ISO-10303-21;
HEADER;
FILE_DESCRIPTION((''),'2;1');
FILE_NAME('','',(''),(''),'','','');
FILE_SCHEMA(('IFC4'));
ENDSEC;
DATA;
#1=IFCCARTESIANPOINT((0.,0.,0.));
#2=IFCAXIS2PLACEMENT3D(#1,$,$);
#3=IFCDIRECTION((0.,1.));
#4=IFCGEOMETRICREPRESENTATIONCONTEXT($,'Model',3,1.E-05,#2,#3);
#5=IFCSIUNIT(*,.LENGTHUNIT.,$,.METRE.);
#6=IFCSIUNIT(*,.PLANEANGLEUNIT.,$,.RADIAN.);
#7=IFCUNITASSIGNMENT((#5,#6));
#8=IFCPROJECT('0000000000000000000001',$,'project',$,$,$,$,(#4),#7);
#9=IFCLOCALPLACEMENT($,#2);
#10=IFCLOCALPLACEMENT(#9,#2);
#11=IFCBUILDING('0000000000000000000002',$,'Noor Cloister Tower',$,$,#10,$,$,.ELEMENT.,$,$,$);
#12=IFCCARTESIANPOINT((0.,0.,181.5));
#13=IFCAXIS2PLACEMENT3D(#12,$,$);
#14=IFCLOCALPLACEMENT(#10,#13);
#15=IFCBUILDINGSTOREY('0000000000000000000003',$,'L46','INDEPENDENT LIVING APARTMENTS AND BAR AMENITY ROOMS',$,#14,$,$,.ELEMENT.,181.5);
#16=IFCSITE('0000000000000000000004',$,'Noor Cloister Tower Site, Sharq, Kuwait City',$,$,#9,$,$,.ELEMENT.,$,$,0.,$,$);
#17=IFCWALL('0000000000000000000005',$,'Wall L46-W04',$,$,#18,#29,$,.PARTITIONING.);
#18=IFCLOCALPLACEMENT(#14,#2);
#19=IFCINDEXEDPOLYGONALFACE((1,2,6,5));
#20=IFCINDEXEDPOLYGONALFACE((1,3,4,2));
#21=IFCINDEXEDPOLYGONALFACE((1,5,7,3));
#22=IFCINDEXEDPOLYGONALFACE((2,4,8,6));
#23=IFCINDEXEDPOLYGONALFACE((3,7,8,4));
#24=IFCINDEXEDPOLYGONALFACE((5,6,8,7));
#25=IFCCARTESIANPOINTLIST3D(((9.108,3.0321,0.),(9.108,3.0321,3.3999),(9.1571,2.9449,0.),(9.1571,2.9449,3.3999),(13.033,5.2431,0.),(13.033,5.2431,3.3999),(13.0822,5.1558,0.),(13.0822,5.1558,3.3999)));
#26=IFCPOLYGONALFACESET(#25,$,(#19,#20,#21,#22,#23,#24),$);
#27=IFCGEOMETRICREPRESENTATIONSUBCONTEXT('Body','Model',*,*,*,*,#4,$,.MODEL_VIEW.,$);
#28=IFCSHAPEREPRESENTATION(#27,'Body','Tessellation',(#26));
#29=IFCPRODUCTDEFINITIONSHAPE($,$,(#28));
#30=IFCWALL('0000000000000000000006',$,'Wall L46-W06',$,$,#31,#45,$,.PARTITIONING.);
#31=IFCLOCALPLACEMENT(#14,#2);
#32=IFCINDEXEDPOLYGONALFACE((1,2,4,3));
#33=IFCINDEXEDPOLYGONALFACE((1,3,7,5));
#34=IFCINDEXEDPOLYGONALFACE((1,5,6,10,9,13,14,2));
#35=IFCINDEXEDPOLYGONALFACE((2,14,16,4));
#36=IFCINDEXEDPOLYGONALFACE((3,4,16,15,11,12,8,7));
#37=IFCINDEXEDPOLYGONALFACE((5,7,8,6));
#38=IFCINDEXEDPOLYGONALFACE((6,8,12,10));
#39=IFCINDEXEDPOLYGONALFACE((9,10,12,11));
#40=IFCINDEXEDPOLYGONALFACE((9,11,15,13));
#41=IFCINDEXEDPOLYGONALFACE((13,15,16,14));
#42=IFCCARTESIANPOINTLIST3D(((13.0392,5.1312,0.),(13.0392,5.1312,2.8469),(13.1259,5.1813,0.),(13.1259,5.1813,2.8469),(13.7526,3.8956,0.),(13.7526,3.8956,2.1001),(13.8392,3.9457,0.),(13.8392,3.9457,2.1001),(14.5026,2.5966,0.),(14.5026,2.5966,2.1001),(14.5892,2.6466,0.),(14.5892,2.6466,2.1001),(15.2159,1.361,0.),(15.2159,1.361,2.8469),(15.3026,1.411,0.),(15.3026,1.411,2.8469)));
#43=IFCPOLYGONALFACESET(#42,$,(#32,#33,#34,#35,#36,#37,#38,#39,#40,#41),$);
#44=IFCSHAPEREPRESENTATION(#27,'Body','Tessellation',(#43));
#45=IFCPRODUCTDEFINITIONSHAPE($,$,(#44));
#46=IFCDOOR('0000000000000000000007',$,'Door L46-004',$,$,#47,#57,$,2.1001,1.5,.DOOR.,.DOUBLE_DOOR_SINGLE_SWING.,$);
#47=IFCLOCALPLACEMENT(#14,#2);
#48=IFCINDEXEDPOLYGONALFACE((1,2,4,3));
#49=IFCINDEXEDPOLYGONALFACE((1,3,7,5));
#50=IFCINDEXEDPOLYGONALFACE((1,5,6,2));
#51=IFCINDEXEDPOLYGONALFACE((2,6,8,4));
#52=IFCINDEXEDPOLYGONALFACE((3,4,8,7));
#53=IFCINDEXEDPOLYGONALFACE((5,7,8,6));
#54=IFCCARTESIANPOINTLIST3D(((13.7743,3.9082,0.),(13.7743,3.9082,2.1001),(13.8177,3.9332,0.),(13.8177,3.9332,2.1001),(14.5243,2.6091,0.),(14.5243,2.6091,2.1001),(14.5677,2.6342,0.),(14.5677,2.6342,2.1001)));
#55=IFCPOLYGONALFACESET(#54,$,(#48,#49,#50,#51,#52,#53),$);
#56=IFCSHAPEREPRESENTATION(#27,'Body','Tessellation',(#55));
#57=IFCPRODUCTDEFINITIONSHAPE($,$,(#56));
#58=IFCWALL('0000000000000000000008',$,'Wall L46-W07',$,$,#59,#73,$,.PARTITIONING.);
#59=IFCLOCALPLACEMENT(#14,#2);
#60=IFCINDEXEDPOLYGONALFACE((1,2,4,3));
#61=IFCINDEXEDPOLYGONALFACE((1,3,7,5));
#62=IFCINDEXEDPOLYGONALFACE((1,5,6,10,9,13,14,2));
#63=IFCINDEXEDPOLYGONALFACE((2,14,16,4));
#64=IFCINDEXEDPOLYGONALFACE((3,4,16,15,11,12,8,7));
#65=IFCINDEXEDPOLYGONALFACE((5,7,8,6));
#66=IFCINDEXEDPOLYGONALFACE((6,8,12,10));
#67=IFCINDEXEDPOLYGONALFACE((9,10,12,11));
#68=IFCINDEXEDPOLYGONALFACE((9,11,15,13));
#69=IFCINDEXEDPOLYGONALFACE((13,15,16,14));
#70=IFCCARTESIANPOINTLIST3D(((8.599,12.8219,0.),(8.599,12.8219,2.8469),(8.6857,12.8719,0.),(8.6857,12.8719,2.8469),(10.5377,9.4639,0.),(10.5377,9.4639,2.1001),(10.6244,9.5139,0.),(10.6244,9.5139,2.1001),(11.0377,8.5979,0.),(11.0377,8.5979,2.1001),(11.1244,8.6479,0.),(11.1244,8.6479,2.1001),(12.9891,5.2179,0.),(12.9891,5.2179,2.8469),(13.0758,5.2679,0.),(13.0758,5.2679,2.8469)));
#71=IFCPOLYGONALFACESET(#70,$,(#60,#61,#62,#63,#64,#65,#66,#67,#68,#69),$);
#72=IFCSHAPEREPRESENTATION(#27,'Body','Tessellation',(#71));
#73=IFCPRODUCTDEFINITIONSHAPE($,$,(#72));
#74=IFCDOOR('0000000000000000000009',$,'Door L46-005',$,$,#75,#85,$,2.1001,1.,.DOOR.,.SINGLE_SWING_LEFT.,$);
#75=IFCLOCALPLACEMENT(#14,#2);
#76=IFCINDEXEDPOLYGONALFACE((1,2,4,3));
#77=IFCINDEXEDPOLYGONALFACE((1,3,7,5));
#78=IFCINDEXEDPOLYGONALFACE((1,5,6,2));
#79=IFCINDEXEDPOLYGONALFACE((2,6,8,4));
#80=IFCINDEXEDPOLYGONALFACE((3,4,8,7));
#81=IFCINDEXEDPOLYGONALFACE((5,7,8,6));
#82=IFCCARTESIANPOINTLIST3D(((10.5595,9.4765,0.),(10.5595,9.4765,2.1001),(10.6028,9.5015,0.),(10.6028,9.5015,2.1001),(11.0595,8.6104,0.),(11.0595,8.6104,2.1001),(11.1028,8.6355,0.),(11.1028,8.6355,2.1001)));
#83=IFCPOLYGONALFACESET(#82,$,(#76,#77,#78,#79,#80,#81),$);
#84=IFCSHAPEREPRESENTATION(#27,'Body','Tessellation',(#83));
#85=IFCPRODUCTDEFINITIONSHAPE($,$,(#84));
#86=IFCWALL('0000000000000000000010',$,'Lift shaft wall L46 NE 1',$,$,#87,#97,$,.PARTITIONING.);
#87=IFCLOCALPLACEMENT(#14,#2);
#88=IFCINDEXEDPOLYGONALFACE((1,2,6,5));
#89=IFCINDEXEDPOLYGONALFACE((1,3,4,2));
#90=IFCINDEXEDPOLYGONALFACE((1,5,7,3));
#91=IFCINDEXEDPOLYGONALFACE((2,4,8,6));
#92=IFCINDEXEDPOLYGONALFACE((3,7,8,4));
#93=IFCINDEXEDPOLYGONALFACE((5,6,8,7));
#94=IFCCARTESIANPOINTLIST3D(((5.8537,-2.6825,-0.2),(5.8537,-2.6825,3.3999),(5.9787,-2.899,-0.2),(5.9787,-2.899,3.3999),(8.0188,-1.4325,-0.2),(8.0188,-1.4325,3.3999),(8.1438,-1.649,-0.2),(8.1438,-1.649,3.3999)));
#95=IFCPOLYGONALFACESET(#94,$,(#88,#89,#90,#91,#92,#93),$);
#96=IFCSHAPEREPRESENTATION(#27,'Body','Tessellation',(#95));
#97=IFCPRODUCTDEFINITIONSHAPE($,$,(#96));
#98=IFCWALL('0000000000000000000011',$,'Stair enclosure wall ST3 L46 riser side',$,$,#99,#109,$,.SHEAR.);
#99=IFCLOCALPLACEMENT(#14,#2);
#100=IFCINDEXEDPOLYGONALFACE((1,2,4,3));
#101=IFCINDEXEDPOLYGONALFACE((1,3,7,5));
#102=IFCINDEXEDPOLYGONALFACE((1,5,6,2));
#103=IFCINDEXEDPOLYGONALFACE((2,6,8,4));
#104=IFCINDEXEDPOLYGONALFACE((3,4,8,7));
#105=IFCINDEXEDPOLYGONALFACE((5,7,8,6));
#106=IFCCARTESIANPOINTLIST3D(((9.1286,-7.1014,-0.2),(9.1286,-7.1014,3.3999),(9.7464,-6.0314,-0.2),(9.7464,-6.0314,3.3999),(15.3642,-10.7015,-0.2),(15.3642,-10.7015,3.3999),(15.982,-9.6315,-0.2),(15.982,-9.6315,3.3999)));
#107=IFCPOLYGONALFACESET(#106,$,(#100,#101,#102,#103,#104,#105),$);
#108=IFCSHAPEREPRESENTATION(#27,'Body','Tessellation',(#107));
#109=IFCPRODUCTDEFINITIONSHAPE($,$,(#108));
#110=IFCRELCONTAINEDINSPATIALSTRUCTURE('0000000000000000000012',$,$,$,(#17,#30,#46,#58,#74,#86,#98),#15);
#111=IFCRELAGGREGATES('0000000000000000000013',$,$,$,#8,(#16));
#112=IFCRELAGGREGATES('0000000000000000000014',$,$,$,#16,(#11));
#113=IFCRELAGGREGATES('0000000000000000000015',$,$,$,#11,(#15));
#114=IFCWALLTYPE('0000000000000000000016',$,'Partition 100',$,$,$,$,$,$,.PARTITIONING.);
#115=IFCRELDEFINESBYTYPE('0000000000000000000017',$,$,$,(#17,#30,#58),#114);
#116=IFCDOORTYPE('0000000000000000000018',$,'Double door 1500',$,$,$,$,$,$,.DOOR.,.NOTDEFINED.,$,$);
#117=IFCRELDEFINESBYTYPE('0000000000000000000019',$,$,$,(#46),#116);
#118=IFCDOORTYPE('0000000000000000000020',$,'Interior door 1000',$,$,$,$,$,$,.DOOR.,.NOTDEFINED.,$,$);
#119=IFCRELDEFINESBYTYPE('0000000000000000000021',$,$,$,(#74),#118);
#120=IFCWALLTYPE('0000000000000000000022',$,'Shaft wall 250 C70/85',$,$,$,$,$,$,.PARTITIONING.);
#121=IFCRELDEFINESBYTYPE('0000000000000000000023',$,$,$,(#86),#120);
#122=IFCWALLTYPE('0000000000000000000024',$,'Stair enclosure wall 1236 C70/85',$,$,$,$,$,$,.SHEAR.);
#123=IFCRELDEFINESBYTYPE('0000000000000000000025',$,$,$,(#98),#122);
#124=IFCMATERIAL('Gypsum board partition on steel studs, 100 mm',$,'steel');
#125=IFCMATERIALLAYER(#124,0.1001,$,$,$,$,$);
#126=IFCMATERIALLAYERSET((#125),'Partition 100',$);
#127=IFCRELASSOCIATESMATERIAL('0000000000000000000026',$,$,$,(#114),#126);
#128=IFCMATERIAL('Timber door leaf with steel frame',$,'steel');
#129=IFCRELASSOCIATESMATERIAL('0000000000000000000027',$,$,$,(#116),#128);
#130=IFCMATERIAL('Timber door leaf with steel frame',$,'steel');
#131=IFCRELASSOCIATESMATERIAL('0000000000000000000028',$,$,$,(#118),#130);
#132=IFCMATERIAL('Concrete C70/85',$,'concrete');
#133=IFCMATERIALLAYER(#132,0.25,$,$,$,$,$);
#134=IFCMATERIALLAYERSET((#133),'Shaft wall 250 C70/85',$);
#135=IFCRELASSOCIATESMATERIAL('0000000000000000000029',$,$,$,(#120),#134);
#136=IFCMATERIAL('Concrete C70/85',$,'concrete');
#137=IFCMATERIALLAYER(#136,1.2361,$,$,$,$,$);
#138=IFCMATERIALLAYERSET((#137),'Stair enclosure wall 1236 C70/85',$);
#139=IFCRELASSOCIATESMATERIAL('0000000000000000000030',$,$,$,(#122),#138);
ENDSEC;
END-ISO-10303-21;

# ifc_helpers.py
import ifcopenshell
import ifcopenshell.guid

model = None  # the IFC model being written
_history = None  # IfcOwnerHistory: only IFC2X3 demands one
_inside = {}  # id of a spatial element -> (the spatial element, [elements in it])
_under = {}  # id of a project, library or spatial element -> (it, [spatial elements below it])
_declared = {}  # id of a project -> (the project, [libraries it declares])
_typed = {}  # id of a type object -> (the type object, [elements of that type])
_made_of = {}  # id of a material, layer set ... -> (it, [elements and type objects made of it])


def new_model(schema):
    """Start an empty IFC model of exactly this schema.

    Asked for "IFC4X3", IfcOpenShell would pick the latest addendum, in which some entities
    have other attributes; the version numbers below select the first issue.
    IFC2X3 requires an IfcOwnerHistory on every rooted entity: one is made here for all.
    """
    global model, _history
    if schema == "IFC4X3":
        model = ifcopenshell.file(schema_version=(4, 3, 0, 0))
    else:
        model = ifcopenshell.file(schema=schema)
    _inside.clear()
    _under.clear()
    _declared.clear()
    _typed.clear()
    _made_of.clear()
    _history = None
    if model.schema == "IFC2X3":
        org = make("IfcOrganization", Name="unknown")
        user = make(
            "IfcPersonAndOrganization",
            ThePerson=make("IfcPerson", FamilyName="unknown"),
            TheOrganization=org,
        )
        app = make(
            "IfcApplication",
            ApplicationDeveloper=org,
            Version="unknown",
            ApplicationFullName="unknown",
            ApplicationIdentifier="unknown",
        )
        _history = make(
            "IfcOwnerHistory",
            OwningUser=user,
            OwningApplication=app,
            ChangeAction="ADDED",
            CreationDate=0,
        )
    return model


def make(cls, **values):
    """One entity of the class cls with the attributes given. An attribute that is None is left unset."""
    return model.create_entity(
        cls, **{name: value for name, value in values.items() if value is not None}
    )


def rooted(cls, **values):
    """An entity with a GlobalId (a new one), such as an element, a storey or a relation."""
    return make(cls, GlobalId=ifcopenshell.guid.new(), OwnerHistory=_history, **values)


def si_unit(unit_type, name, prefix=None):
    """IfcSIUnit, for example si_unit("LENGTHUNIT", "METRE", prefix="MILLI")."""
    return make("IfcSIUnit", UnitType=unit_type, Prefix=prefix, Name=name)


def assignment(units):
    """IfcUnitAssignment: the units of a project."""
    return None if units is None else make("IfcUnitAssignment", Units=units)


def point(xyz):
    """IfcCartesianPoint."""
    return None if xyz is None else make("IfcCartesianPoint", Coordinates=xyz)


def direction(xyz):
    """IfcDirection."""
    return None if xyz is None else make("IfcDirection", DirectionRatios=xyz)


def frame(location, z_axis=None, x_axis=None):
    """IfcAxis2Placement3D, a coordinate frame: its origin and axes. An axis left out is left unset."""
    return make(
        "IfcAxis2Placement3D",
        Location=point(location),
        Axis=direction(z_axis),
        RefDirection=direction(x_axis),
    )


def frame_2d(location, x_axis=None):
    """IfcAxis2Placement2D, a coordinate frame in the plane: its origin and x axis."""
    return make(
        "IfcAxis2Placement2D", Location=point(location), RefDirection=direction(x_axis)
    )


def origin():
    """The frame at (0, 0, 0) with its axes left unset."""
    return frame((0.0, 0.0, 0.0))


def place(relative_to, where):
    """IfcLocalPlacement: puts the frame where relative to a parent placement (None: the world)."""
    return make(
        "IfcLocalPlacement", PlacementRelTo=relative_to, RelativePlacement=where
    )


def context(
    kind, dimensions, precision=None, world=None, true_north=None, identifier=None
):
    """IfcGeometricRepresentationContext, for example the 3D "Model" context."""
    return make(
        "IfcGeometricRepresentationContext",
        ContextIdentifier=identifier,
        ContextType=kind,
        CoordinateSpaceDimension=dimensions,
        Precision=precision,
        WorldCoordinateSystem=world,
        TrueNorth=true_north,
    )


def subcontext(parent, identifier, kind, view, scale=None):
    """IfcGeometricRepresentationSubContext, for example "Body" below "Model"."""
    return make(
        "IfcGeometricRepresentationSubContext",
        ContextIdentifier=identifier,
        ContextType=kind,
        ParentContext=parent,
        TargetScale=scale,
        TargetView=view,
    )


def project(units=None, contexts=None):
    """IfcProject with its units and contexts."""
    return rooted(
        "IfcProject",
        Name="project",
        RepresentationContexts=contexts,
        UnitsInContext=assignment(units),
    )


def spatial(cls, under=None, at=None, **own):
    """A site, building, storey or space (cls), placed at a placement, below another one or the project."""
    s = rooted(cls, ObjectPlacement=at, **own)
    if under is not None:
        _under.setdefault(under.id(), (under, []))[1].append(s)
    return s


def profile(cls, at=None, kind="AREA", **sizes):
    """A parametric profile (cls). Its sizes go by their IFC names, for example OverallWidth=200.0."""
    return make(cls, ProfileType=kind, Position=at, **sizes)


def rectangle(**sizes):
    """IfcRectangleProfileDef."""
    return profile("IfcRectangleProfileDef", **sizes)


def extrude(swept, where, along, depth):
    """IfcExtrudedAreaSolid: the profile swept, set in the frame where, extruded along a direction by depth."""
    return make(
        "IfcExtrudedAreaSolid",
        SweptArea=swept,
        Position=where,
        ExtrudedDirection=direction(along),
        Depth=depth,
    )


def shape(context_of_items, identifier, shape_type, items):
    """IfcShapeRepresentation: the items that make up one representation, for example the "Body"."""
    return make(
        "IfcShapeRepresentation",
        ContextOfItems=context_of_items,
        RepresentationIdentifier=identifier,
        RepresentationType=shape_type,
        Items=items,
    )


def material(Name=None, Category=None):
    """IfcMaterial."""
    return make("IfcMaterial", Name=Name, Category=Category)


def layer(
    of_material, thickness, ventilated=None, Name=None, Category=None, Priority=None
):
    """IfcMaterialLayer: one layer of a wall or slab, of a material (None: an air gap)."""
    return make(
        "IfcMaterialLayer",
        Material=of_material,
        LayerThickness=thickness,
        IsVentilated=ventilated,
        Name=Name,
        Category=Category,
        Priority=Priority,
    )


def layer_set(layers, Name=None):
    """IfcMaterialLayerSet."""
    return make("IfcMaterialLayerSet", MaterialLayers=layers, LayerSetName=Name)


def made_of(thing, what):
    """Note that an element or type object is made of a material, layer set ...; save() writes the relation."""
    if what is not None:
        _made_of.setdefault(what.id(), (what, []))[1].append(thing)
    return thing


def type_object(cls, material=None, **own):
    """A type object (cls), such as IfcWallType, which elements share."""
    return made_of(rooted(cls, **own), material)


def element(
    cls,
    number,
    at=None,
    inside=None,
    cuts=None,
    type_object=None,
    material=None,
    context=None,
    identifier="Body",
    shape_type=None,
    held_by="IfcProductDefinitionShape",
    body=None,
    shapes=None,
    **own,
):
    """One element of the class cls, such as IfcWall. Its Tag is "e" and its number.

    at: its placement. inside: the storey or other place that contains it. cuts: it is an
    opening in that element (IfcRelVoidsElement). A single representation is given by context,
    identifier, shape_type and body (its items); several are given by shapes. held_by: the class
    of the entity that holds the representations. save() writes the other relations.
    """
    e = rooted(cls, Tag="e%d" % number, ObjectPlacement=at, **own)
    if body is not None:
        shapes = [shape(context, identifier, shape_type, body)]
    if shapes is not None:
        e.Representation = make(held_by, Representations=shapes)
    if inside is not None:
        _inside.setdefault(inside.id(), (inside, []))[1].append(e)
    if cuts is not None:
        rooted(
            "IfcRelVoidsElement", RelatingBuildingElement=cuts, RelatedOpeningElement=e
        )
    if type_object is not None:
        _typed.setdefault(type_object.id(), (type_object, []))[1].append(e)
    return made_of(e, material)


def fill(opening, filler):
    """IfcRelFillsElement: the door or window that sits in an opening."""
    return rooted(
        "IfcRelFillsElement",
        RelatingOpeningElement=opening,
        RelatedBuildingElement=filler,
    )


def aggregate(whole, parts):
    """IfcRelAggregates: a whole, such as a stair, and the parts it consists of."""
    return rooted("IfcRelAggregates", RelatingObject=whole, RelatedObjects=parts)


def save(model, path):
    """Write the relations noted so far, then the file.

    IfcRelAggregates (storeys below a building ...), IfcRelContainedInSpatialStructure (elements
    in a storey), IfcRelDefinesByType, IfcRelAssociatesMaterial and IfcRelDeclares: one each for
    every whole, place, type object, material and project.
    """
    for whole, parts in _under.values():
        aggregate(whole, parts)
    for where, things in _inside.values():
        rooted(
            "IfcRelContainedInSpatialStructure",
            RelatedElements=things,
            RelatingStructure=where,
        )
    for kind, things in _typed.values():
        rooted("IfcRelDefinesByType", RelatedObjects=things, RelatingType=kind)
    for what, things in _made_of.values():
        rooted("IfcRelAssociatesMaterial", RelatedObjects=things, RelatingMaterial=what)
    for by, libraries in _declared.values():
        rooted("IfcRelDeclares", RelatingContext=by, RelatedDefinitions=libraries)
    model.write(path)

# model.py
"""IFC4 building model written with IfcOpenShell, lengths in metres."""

from ifc_helpers import new_model, si_unit, direction, frame, frame_2d, origin, place, context, subcontext, project, spatial, rectangle, extrude, material, layer, layer_set, type_object, element, fill, save


model = new_model("IFC4")

# Units and contexts
model_context = context("Model", 3, precision=1e-05, world=origin(), true_north=direction((0.0, 1.0)))
body_context = subcontext(model_context, "Body", "Model", "MODEL_VIEW")
ifc_project = project(units=[si_unit("LENGTHUNIT", "METRE"), si_unit("PLANEANGLEUNIT", "RADIAN")], contexts=[model_context])

# Site, building, storey
site_placement = place(None, origin())
site = spatial("IfcSite", under=ifc_project, at=site_placement, Name="Noor Cloister Tower Site, Sharq, Kuwait City", CompositionType="ELEMENT", RefElevation=0.0)
building_placement = place(site_placement, origin())
building = spatial("IfcBuilding", under=site, at=building_placement, Name="Noor Cloister Tower", CompositionType="ELEMENT")
storey_placement = place(building_placement, frame((0.0, 0.0, 181.5)))
storey = spatial("IfcBuildingStorey", under=building, at=storey_placement, Name="L46", Description="INDEPENDENT LIVING APARTMENTS AND BAR AMENITY ROOMS", CompositionType="ELEMENT", Elevation=181.5)

# Shared definitions
ifc_material_1 = material(Name="Gypsum board partition on steel studs, 100 mm", Category="steel")
ifc_layer_1 = layer(ifc_material_1, 0.1001)
ifc_layer_set_1 = layer_set([ifc_layer_1], Name="Partition 100")
wall_type_1 = type_object("IfcWallType", Name="Partition 100", PredefinedType="PARTITIONING", material=ifc_layer_set_1)
ifc_material_2 = material(Name="Timber door leaf with steel frame", Category="steel")
door_type_1 = type_object("IfcDoorType", Name="Double door 1500", OperationType="NOTDEFINED", PredefinedType="DOOR", material=ifc_material_2)
ifc_material_3 = material(Name="Timber door leaf with steel frame", Category="steel")
door_type_2 = type_object("IfcDoorType", Name="Interior door 1000", OperationType="NOTDEFINED", PredefinedType="DOOR", material=ifc_material_3)

# Wall
wall_1_placement = place(storey_placement, frame((9.1326, 2.9885, 0.0), z_axis=(0.0, 0.0, 1.0), x_axis=(0.871282, 0.490783, 0.0)))
element("IfcWall", 1, at=wall_1_placement, inside=storey, type_object=wall_type_1, Name="Wall L46-W04", PredefinedType="PARTITIONING", context=body_context, shape_type="SweptSolid", body=[
    extrude(rectangle(XDim=4.5049, YDim=0.1001, at=frame_2d((2.2524, 0.0))), origin(), (0.0, 0.0, 1.0), 3.3999),
])

# Walls, openings, doors
wall_2_placement = place(storey_placement, frame((15.2593, 1.386, 0.0), z_axis=(0.0, 0.0, 1.0), x_axis=(-0.499999, 0.866026, 0.0)))
wall_2 = element("IfcWall", 2, at=wall_2_placement, inside=storey, type_object=wall_type_1, Name="Wall L46-W06", PredefinedType="PARTITIONING", context=body_context, shape_type="SweptSolid", body=[
    extrude(rectangle(XDim=4.3535, YDim=0.1001, at=frame_2d((2.1768, 0.0))), origin(), (0.0, 0.0, 1.0), 2.8469),
])
opening_1_placement = place(wall_2_placement, frame((1.4268, 0.0, 0.0)))
opening_1 = element("IfcOpeningElement", 3, at=opening_1_placement, cuts=wall_2, PredefinedType="OPENING", context=body_context, shape_type="SweptSolid", body=[
    extrude(rectangle(XDim=1.5, YDim=2.1001, at=frame_2d((0.75, 1.05))), frame((0.0, 0.0601, 0.0), z_axis=(0.0, -1.0, 0.0), x_axis=(1.0, 0.0, 0.0)), (0.0, 0.0, 1.0), 0.1201),
])
door_1_placement = place(opening_1_placement, origin())
door_1 = element("IfcDoor", 4, at=door_1_placement, inside=storey, type_object=door_type_1, Name="Door L46-004", OperationType="DOUBLE_DOOR_SINGLE_SWING", OverallHeight=2.1001, OverallWidth=1.5, PredefinedType="DOOR", context=body_context, shape_type="SweptSolid", body=[
    extrude(rectangle(XDim=1.5, YDim=2.1001, at=frame_2d((0.75, 1.05))), frame((0.0, 0.0249, 0.0), z_axis=(0.0, -1.0, 0.0), x_axis=(1.0, 0.0, 0.0)), (0.0, 0.0, 1.0), 0.05),
])
fill(opening_1, door_1)
wall_3_placement = place(storey_placement, frame((13.0325, 5.2429, 0.0), z_axis=(0.0, 0.0, 1.0), x_axis=(-0.499997, 0.866027, 0.0)))
wall_3 = element("IfcWall", 5, at=wall_3_placement, inside=storey, type_object=wall_type_1, Name="Wall L46-W07", PredefinedType="PARTITIONING", context=body_context, shape_type="SweptSolid", body=[
    extrude(rectangle(XDim=8.7803, YDim=0.1001, at=frame_2d((4.3901, 0.0))), origin(), (0.0, 0.0, 1.0), 2.8469),
])
opening_2_placement = place(wall_3_placement, frame((3.9028, 0.0, 0.0)))
opening_2 = element("IfcOpeningElement", 6, at=opening_2_placement, cuts=wall_3, PredefinedType="OPENING", context=body_context, shape_type="SweptSolid", body=[
    extrude(rectangle(XDim=1.0, YDim=2.1001, at=frame_2d((0.5, 1.05))), frame((0.0, 0.0601, 0.0), z_axis=(0.0, -1.0, 0.0), x_axis=(1.0, 0.0, 0.0)), (0.0, 0.0, 1.0), 0.1201),
])
door_2_placement = place(opening_2_placement, origin())
door_2 = element("IfcDoor", 7, at=door_2_placement, inside=storey, type_object=door_type_2, Name="Door L46-005", OperationType="SINGLE_SWING_LEFT", OverallHeight=2.1001, OverallWidth=1.0, PredefinedType="DOOR", context=body_context, shape_type="SweptSolid", body=[
    extrude(rectangle(XDim=1.0, YDim=2.1001, at=frame_2d((0.5, 1.05))), frame((0.0, 0.0249, 0.0), z_axis=(0.0, -1.0, 0.0), x_axis=(1.0, 0.0, 0.0)), (0.0, 0.0, 1.0), 0.05),
])
fill(opening_2, door_2)

# Walls
ifc_material_4 = material(Name="Concrete C70/85", Category="concrete")
ifc_layer_2 = layer(ifc_material_4, 0.25)
ifc_layer_set_2 = layer_set([ifc_layer_2], Name="Shaft wall 250 C70/85")
wall_type_2 = type_object("IfcWallType", Name="Shaft wall 250 C70/85", PredefinedType="PARTITIONING", material=ifc_layer_set_2)
wall_4_placement = place(storey_placement, frame((8.0813, -1.5408, -0.2), z_axis=(0.0, 0.0, 1.0), x_axis=(-0.866023, -0.500004, 0.0)))
element("IfcWall", 8, at=wall_4_placement, inside=storey, type_object=wall_type_2, Name="Lift shaft wall L46 NE 1", PredefinedType="PARTITIONING", context=body_context, shape_type="SweptSolid", body=[
    extrude(rectangle(XDim=2.5, YDim=0.25, at=frame_2d((1.25, 0.0))), origin(), (0.0, 0.0, 1.0), 3.5999),
])
ifc_material_5 = material(Name="Concrete C70/85", Category="concrete")
ifc_layer_3 = layer(ifc_material_5, 1.2361)
ifc_layer_set_3 = layer_set([ifc_layer_3], Name="Stair enclosure wall 1236 C70/85")
wall_type_3 = type_object("IfcWallType", Name="Stair enclosure wall 1236 C70/85", PredefinedType="SHEAR", material=ifc_layer_set_3)
wall_5_placement = place(storey_placement, frame((9.4375, -6.5664, -0.2), z_axis=(0.0, 0.0, 1.0), x_axis=(0.866027, -0.499997, 0.0)))
element("IfcWall", 9, at=wall_5_placement, inside=storey, type_object=wall_type_3, Name="Stair enclosure wall ST3 L46 riser side", PredefinedType="SHEAR", context=body_context, shape_type="SweptSolid", body=[
    extrude(rectangle(XDim=7.2002, YDim=1.2356, at=frame_2d((3.6001, 0.0))), origin(), (0.0, 0.0, 1.0), 3.5999),
])

save(model, "model.ifc")
